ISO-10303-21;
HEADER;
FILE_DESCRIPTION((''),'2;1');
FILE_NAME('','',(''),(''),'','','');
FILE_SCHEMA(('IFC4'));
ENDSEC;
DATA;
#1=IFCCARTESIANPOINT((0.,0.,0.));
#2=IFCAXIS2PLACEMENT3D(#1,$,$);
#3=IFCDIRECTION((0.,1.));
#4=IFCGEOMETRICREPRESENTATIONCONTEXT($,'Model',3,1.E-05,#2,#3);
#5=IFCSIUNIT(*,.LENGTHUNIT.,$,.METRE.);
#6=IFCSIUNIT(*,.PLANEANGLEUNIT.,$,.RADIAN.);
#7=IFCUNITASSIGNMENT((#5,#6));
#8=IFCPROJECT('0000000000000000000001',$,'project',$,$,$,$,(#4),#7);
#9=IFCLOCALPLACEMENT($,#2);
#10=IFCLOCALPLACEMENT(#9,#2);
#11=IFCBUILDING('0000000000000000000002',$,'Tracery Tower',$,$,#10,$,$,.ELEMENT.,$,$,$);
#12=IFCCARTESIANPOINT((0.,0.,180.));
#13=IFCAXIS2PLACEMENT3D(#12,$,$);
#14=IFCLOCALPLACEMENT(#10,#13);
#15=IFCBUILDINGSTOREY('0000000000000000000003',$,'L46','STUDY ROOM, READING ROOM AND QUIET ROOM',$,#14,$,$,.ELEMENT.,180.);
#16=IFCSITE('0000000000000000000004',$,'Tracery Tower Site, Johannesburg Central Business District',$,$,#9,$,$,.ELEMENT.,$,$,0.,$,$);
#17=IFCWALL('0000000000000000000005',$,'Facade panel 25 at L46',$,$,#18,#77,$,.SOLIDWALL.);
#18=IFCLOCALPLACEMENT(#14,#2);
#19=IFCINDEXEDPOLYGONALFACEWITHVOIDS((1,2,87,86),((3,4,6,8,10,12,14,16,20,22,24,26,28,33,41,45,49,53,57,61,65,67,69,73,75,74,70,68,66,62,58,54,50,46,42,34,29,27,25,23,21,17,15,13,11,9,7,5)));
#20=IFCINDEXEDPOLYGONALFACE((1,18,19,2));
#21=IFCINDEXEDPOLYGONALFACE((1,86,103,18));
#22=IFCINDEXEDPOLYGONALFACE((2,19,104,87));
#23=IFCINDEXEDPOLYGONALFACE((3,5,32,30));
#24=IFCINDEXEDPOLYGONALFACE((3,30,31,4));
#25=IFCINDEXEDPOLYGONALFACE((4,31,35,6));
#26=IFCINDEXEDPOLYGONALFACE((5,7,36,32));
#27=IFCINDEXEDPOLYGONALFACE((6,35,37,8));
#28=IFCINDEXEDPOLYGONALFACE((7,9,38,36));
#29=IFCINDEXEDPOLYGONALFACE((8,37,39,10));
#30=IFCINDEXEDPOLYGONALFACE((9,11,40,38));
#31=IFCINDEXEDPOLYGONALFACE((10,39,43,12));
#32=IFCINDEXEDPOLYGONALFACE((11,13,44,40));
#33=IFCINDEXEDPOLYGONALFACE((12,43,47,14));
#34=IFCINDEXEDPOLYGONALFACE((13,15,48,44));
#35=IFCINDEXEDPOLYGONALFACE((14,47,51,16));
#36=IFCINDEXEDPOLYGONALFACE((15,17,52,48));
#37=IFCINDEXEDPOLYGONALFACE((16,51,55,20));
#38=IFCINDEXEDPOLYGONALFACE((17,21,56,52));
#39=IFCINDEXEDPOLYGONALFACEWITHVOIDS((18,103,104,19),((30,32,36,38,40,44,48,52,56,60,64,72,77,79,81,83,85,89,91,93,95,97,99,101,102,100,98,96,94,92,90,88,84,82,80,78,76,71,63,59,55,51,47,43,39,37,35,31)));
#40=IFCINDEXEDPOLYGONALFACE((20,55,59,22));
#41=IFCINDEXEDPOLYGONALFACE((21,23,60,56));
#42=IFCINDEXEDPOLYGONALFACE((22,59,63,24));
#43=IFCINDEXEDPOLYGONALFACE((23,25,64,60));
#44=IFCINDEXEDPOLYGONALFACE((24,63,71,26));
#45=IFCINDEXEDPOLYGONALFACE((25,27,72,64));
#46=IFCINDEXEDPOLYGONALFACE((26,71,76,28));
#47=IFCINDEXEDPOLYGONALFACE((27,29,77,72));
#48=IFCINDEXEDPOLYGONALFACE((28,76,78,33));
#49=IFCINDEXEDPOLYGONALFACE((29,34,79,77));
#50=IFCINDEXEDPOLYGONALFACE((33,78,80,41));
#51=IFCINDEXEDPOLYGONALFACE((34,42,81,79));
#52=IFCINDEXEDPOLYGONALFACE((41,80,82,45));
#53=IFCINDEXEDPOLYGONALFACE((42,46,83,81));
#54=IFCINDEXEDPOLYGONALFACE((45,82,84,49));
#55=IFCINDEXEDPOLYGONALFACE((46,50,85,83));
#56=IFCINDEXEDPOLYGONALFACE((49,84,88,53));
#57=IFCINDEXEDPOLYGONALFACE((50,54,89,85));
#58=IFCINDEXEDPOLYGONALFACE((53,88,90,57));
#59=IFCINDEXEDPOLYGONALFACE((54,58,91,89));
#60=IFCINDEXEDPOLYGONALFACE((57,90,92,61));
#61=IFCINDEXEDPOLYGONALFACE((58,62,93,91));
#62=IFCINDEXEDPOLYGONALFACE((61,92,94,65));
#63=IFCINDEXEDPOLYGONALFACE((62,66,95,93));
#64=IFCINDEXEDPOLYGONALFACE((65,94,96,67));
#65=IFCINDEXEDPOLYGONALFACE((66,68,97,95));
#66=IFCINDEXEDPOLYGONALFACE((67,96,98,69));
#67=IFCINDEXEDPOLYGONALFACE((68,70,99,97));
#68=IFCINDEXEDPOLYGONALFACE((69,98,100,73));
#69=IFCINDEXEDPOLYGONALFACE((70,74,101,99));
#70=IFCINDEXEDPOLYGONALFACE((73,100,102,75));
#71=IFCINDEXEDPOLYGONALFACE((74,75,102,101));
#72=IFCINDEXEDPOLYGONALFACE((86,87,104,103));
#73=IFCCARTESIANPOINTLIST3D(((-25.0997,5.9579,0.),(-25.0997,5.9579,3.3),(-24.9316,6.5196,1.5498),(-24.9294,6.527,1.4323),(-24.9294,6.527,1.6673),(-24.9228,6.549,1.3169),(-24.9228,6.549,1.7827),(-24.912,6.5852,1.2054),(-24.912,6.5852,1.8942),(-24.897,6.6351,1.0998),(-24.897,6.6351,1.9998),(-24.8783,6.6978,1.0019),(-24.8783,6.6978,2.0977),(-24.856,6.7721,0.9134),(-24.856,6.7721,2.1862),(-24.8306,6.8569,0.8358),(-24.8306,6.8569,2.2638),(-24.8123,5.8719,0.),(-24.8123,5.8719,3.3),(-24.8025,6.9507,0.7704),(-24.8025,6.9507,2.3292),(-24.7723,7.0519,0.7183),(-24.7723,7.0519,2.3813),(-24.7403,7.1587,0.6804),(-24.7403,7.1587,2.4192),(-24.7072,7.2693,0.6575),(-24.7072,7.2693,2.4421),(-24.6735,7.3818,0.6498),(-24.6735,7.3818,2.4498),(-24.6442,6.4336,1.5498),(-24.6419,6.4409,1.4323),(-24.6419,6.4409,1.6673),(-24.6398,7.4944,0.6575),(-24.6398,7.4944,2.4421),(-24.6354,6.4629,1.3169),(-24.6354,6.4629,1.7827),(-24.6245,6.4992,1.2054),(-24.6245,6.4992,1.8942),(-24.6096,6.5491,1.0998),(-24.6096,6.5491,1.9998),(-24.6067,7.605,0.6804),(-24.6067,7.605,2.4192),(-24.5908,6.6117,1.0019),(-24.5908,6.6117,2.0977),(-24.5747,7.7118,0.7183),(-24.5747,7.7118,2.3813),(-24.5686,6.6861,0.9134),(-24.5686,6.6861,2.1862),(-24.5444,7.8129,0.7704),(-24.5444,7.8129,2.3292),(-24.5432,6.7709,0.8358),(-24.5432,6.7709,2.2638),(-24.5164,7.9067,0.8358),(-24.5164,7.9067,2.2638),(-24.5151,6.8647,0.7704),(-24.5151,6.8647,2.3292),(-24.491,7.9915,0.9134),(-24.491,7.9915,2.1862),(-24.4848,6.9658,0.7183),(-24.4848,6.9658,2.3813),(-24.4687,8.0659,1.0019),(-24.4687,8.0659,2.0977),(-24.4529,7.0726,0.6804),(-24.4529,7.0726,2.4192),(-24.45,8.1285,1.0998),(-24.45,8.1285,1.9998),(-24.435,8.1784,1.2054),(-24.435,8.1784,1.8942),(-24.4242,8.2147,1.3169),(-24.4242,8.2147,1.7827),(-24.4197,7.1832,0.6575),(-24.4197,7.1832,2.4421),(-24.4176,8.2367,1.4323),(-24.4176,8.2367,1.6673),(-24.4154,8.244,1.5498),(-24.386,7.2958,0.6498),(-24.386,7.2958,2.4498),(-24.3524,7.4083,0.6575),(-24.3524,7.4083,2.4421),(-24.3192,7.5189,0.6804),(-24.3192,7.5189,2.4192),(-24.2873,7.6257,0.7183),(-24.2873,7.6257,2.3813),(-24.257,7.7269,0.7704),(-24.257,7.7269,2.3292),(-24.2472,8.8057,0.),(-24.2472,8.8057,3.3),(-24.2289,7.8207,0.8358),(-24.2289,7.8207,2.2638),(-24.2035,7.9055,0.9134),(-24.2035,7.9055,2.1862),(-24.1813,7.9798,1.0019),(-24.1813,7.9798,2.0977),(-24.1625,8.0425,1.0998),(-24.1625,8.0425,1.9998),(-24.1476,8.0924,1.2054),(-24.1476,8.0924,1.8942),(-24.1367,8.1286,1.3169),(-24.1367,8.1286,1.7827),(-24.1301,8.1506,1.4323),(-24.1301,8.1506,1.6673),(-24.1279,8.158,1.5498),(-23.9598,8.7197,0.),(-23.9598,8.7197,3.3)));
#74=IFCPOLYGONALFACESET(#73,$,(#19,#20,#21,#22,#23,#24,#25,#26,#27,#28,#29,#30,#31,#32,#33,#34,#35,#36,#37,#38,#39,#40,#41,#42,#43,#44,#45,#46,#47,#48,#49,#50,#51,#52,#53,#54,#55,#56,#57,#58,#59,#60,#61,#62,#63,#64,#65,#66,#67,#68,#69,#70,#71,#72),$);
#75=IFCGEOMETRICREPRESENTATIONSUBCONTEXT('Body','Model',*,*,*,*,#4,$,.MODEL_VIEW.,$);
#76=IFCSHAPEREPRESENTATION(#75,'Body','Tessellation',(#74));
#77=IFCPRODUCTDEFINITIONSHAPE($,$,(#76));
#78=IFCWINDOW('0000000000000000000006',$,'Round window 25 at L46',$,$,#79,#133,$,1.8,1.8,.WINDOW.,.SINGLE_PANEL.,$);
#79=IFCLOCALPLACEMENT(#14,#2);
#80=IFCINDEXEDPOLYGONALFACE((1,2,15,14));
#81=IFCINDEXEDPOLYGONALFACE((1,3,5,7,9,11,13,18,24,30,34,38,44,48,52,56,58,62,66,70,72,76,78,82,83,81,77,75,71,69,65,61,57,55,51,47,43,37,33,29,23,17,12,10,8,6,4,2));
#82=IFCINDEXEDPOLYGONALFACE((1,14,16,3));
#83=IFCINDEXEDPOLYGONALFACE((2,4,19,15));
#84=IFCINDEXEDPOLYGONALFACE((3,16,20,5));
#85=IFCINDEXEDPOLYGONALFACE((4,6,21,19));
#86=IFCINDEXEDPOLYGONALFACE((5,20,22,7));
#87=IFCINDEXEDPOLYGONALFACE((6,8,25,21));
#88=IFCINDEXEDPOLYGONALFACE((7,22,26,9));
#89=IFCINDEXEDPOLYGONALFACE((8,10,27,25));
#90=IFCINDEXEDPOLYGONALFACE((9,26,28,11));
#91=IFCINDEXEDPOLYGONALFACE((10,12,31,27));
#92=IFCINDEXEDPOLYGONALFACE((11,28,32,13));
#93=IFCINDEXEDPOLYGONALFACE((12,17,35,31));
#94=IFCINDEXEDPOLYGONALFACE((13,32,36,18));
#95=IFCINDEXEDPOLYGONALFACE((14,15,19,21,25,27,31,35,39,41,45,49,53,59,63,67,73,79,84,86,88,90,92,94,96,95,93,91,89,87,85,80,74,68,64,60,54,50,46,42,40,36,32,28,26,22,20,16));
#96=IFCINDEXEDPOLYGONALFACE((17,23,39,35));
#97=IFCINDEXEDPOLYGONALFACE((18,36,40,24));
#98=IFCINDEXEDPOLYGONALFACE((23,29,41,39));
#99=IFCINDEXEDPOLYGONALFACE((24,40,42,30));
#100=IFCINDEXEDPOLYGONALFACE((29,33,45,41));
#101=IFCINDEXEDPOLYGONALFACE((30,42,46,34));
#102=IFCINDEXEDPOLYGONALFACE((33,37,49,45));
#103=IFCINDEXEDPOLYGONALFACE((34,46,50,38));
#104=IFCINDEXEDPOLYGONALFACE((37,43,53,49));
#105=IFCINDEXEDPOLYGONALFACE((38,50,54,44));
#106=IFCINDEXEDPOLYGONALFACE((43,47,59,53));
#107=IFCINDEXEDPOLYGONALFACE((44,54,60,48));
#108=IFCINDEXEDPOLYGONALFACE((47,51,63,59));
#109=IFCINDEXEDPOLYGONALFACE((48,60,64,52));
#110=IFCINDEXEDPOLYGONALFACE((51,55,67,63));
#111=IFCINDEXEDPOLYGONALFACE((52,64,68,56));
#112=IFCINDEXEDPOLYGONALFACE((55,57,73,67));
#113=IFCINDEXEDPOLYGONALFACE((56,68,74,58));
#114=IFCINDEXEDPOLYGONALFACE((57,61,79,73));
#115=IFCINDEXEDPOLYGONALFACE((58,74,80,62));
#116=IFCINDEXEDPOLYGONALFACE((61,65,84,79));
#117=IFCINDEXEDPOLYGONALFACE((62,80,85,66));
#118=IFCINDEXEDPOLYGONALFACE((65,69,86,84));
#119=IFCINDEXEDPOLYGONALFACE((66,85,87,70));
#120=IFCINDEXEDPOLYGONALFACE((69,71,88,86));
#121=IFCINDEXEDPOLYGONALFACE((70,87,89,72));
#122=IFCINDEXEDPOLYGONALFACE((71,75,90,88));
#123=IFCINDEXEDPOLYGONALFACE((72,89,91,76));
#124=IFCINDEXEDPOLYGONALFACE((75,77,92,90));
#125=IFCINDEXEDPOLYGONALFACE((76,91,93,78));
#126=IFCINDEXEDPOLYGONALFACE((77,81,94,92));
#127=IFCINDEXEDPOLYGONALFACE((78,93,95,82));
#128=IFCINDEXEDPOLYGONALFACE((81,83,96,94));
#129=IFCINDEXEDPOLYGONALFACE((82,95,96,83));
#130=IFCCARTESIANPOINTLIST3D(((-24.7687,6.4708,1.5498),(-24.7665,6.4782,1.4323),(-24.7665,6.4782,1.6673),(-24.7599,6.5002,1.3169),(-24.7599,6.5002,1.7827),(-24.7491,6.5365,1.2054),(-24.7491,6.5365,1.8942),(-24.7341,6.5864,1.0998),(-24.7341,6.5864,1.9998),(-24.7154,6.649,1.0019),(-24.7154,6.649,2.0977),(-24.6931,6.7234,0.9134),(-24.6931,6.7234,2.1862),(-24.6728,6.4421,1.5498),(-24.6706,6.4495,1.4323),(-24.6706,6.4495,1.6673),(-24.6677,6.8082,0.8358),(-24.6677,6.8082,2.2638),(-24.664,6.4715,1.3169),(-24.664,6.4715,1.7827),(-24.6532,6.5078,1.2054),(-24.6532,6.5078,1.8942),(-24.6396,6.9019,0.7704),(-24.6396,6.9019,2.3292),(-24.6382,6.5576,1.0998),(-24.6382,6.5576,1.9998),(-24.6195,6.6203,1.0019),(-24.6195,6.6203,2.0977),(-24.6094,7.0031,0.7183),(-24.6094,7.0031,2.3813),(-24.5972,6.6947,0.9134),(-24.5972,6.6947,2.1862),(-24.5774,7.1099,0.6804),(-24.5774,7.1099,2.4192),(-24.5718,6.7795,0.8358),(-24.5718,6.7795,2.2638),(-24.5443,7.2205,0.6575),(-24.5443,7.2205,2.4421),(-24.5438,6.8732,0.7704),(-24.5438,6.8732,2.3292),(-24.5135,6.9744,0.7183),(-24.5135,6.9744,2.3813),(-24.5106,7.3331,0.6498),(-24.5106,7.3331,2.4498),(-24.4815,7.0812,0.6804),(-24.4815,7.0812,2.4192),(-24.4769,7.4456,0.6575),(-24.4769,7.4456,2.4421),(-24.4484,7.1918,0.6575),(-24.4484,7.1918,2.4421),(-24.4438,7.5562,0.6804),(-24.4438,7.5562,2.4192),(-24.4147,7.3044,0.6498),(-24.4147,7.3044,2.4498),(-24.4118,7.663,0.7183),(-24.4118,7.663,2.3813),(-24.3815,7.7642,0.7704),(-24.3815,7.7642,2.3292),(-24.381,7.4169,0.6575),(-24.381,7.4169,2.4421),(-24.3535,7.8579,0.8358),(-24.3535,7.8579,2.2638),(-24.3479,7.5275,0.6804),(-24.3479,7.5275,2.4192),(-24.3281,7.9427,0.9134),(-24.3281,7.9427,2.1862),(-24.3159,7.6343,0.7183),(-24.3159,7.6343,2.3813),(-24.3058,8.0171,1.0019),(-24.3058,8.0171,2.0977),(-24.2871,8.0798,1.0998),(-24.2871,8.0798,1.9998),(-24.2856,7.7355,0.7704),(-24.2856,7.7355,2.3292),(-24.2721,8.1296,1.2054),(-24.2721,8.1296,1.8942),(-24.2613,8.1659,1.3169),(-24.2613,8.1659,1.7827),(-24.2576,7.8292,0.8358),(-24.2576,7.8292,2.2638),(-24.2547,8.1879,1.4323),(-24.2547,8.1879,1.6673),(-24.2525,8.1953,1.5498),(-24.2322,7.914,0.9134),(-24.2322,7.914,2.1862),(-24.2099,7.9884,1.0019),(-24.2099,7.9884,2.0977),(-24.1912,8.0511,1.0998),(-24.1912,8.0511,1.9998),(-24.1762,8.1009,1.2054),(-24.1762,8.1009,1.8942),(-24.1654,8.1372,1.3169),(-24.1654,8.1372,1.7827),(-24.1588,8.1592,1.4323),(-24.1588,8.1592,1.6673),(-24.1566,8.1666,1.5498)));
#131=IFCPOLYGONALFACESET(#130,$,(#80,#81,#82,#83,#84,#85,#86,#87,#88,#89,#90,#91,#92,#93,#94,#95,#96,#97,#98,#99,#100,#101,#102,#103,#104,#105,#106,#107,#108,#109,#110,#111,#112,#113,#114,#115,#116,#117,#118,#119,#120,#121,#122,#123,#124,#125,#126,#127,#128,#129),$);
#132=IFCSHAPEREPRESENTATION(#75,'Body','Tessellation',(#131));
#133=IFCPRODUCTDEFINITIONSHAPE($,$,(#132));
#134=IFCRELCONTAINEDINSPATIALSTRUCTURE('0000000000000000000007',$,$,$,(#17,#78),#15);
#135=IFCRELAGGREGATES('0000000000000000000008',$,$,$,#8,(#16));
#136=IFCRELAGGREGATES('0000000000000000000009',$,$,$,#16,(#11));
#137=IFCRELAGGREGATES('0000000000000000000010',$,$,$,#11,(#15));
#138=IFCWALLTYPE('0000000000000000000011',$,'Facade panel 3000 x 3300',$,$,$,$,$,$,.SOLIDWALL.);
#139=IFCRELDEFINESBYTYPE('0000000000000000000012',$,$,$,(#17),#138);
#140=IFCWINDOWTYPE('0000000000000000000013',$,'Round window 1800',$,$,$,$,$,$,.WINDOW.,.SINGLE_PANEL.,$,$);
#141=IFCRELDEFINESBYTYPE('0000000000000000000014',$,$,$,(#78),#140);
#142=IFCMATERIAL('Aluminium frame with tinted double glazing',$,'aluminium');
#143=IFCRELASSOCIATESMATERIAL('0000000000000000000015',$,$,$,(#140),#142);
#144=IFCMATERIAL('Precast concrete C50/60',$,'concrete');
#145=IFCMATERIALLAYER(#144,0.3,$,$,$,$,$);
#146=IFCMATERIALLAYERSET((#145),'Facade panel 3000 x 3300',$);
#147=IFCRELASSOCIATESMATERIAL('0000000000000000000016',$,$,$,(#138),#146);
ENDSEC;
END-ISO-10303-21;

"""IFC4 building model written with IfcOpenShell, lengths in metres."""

from ifc_helpers import new_model, si_unit, direction, frame, frame_2d, origin, origin_2d, place, context, subcontext, project, spatial, rectangle, circle, extrude, material, layer, layer_set, type_object, element, fill, save


model = new_model("IFC4")

# Units and contexts
model_context = context("Model", 3, precision=1e-05, world=origin(), true_north=direction((0.0, 1.0)))
body_context = subcontext(model_context, "Body", "Model", "MODEL_VIEW")
ifc_project = project(units=[si_unit("LENGTHUNIT", "METRE"), si_unit("PLANEANGLEUNIT", "RADIAN")], contexts=[model_context])

# Site, building, storey
site_placement = place(None, origin())
site = spatial("IfcSite", under=ifc_project, at=site_placement, Name="Tracery Tower Site, Johannesburg Central Business District", CompositionType="ELEMENT", RefElevation=0.0)
building_placement = place(site_placement, origin())
building = spatial("IfcBuilding", under=site, at=building_placement, Name="Tracery Tower", CompositionType="ELEMENT")
storey_placement = place(building_placement, frame((0.0, 0.0, 180.0)))
storey = spatial("IfcBuildingStorey", under=building, at=storey_placement, Name="L46", Description="STUDY ROOM, READING ROOM AND QUIET ROOM", CompositionType="ELEMENT", Elevation=180.0)

# Wall, opening, window
ifc_material_1 = material(Name="Aluminium frame with tinted double glazing", Category="aluminium")
window_type = type_object("IfcWindowType", Name="Round window 1800", PartitioningType="SINGLE_PANEL", PredefinedType="WINDOW", material=ifc_material_1)
ifc_material_2 = material(Name="Precast concrete C50/60", Category="concrete")
ifc_layer_1 = layer(ifc_material_2, 0.3)
ifc_layer_set_1 = layer_set([ifc_layer_1], Name="Facade panel 3000 x 3300")
wall_type_1 = type_object("IfcWallType", Name="Facade panel 3000 x 3300", PredefinedType="SOLIDWALL", material=ifc_layer_set_1)
wall_1_placement = place(storey_placement, frame((-24.1035, 8.7627, 0.0), z_axis=(0.0, 0.0, 1.0), x_axis=(-0.286783, -0.957996, 0.0)))
wall_1 = element("IfcWall", 1, at=wall_1_placement, inside=storey, type_object=wall_type_1, Name="Facade panel 25 at L46", PredefinedType="SOLIDWALL", context=body_context, shape_type="SweptSolid", body=[
    extrude(rectangle(XDim=2.9727, YDim=0.3, at=frame_2d((1.4863, 0.0))), origin(), (0.0, 0.0, 1.0), 3.3),
])
opening_1_placement = place(wall_1_placement, frame((1.4863, 0.0, 1.5498)))
opening_1 = element("IfcOpeningElement", 2, at=opening_1_placement, cuts=wall_1, PredefinedType="OPENING", context=body_context, shape_type="SweptSolid", body=[
    extrude(circle(Radius=0.9, at=origin_2d()), frame((0.0, 0.1599, 0.0), z_axis=(0.0, -1.0, 0.0), x_axis=(1.0, 0.0, 0.0)), (0.0, 0.0, 1.0), 0.3201),
])
window_1_placement = place(opening_1_placement, origin())
window_1 = element("IfcWindow", 3, at=window_1_placement, inside=storey, type_object=window_type, Name="Round window 25 at L46", OverallHeight=1.8, OverallWidth=1.8, PartitioningType="SINGLE_PANEL", PredefinedType="WINDOW", context=body_context, shape_type="SweptSolid", body=[
    extrude(circle(Radius=0.9, at=origin_2d()), frame((0.0, 0.1201, 0.0), z_axis=(0.0, -1.0, 0.0), x_axis=(1.0, 0.0, 0.0)), (0.0, 0.0, 1.0), 0.1001),
])
fill(opening_1, window_1)

save(model, "model.ifc")
